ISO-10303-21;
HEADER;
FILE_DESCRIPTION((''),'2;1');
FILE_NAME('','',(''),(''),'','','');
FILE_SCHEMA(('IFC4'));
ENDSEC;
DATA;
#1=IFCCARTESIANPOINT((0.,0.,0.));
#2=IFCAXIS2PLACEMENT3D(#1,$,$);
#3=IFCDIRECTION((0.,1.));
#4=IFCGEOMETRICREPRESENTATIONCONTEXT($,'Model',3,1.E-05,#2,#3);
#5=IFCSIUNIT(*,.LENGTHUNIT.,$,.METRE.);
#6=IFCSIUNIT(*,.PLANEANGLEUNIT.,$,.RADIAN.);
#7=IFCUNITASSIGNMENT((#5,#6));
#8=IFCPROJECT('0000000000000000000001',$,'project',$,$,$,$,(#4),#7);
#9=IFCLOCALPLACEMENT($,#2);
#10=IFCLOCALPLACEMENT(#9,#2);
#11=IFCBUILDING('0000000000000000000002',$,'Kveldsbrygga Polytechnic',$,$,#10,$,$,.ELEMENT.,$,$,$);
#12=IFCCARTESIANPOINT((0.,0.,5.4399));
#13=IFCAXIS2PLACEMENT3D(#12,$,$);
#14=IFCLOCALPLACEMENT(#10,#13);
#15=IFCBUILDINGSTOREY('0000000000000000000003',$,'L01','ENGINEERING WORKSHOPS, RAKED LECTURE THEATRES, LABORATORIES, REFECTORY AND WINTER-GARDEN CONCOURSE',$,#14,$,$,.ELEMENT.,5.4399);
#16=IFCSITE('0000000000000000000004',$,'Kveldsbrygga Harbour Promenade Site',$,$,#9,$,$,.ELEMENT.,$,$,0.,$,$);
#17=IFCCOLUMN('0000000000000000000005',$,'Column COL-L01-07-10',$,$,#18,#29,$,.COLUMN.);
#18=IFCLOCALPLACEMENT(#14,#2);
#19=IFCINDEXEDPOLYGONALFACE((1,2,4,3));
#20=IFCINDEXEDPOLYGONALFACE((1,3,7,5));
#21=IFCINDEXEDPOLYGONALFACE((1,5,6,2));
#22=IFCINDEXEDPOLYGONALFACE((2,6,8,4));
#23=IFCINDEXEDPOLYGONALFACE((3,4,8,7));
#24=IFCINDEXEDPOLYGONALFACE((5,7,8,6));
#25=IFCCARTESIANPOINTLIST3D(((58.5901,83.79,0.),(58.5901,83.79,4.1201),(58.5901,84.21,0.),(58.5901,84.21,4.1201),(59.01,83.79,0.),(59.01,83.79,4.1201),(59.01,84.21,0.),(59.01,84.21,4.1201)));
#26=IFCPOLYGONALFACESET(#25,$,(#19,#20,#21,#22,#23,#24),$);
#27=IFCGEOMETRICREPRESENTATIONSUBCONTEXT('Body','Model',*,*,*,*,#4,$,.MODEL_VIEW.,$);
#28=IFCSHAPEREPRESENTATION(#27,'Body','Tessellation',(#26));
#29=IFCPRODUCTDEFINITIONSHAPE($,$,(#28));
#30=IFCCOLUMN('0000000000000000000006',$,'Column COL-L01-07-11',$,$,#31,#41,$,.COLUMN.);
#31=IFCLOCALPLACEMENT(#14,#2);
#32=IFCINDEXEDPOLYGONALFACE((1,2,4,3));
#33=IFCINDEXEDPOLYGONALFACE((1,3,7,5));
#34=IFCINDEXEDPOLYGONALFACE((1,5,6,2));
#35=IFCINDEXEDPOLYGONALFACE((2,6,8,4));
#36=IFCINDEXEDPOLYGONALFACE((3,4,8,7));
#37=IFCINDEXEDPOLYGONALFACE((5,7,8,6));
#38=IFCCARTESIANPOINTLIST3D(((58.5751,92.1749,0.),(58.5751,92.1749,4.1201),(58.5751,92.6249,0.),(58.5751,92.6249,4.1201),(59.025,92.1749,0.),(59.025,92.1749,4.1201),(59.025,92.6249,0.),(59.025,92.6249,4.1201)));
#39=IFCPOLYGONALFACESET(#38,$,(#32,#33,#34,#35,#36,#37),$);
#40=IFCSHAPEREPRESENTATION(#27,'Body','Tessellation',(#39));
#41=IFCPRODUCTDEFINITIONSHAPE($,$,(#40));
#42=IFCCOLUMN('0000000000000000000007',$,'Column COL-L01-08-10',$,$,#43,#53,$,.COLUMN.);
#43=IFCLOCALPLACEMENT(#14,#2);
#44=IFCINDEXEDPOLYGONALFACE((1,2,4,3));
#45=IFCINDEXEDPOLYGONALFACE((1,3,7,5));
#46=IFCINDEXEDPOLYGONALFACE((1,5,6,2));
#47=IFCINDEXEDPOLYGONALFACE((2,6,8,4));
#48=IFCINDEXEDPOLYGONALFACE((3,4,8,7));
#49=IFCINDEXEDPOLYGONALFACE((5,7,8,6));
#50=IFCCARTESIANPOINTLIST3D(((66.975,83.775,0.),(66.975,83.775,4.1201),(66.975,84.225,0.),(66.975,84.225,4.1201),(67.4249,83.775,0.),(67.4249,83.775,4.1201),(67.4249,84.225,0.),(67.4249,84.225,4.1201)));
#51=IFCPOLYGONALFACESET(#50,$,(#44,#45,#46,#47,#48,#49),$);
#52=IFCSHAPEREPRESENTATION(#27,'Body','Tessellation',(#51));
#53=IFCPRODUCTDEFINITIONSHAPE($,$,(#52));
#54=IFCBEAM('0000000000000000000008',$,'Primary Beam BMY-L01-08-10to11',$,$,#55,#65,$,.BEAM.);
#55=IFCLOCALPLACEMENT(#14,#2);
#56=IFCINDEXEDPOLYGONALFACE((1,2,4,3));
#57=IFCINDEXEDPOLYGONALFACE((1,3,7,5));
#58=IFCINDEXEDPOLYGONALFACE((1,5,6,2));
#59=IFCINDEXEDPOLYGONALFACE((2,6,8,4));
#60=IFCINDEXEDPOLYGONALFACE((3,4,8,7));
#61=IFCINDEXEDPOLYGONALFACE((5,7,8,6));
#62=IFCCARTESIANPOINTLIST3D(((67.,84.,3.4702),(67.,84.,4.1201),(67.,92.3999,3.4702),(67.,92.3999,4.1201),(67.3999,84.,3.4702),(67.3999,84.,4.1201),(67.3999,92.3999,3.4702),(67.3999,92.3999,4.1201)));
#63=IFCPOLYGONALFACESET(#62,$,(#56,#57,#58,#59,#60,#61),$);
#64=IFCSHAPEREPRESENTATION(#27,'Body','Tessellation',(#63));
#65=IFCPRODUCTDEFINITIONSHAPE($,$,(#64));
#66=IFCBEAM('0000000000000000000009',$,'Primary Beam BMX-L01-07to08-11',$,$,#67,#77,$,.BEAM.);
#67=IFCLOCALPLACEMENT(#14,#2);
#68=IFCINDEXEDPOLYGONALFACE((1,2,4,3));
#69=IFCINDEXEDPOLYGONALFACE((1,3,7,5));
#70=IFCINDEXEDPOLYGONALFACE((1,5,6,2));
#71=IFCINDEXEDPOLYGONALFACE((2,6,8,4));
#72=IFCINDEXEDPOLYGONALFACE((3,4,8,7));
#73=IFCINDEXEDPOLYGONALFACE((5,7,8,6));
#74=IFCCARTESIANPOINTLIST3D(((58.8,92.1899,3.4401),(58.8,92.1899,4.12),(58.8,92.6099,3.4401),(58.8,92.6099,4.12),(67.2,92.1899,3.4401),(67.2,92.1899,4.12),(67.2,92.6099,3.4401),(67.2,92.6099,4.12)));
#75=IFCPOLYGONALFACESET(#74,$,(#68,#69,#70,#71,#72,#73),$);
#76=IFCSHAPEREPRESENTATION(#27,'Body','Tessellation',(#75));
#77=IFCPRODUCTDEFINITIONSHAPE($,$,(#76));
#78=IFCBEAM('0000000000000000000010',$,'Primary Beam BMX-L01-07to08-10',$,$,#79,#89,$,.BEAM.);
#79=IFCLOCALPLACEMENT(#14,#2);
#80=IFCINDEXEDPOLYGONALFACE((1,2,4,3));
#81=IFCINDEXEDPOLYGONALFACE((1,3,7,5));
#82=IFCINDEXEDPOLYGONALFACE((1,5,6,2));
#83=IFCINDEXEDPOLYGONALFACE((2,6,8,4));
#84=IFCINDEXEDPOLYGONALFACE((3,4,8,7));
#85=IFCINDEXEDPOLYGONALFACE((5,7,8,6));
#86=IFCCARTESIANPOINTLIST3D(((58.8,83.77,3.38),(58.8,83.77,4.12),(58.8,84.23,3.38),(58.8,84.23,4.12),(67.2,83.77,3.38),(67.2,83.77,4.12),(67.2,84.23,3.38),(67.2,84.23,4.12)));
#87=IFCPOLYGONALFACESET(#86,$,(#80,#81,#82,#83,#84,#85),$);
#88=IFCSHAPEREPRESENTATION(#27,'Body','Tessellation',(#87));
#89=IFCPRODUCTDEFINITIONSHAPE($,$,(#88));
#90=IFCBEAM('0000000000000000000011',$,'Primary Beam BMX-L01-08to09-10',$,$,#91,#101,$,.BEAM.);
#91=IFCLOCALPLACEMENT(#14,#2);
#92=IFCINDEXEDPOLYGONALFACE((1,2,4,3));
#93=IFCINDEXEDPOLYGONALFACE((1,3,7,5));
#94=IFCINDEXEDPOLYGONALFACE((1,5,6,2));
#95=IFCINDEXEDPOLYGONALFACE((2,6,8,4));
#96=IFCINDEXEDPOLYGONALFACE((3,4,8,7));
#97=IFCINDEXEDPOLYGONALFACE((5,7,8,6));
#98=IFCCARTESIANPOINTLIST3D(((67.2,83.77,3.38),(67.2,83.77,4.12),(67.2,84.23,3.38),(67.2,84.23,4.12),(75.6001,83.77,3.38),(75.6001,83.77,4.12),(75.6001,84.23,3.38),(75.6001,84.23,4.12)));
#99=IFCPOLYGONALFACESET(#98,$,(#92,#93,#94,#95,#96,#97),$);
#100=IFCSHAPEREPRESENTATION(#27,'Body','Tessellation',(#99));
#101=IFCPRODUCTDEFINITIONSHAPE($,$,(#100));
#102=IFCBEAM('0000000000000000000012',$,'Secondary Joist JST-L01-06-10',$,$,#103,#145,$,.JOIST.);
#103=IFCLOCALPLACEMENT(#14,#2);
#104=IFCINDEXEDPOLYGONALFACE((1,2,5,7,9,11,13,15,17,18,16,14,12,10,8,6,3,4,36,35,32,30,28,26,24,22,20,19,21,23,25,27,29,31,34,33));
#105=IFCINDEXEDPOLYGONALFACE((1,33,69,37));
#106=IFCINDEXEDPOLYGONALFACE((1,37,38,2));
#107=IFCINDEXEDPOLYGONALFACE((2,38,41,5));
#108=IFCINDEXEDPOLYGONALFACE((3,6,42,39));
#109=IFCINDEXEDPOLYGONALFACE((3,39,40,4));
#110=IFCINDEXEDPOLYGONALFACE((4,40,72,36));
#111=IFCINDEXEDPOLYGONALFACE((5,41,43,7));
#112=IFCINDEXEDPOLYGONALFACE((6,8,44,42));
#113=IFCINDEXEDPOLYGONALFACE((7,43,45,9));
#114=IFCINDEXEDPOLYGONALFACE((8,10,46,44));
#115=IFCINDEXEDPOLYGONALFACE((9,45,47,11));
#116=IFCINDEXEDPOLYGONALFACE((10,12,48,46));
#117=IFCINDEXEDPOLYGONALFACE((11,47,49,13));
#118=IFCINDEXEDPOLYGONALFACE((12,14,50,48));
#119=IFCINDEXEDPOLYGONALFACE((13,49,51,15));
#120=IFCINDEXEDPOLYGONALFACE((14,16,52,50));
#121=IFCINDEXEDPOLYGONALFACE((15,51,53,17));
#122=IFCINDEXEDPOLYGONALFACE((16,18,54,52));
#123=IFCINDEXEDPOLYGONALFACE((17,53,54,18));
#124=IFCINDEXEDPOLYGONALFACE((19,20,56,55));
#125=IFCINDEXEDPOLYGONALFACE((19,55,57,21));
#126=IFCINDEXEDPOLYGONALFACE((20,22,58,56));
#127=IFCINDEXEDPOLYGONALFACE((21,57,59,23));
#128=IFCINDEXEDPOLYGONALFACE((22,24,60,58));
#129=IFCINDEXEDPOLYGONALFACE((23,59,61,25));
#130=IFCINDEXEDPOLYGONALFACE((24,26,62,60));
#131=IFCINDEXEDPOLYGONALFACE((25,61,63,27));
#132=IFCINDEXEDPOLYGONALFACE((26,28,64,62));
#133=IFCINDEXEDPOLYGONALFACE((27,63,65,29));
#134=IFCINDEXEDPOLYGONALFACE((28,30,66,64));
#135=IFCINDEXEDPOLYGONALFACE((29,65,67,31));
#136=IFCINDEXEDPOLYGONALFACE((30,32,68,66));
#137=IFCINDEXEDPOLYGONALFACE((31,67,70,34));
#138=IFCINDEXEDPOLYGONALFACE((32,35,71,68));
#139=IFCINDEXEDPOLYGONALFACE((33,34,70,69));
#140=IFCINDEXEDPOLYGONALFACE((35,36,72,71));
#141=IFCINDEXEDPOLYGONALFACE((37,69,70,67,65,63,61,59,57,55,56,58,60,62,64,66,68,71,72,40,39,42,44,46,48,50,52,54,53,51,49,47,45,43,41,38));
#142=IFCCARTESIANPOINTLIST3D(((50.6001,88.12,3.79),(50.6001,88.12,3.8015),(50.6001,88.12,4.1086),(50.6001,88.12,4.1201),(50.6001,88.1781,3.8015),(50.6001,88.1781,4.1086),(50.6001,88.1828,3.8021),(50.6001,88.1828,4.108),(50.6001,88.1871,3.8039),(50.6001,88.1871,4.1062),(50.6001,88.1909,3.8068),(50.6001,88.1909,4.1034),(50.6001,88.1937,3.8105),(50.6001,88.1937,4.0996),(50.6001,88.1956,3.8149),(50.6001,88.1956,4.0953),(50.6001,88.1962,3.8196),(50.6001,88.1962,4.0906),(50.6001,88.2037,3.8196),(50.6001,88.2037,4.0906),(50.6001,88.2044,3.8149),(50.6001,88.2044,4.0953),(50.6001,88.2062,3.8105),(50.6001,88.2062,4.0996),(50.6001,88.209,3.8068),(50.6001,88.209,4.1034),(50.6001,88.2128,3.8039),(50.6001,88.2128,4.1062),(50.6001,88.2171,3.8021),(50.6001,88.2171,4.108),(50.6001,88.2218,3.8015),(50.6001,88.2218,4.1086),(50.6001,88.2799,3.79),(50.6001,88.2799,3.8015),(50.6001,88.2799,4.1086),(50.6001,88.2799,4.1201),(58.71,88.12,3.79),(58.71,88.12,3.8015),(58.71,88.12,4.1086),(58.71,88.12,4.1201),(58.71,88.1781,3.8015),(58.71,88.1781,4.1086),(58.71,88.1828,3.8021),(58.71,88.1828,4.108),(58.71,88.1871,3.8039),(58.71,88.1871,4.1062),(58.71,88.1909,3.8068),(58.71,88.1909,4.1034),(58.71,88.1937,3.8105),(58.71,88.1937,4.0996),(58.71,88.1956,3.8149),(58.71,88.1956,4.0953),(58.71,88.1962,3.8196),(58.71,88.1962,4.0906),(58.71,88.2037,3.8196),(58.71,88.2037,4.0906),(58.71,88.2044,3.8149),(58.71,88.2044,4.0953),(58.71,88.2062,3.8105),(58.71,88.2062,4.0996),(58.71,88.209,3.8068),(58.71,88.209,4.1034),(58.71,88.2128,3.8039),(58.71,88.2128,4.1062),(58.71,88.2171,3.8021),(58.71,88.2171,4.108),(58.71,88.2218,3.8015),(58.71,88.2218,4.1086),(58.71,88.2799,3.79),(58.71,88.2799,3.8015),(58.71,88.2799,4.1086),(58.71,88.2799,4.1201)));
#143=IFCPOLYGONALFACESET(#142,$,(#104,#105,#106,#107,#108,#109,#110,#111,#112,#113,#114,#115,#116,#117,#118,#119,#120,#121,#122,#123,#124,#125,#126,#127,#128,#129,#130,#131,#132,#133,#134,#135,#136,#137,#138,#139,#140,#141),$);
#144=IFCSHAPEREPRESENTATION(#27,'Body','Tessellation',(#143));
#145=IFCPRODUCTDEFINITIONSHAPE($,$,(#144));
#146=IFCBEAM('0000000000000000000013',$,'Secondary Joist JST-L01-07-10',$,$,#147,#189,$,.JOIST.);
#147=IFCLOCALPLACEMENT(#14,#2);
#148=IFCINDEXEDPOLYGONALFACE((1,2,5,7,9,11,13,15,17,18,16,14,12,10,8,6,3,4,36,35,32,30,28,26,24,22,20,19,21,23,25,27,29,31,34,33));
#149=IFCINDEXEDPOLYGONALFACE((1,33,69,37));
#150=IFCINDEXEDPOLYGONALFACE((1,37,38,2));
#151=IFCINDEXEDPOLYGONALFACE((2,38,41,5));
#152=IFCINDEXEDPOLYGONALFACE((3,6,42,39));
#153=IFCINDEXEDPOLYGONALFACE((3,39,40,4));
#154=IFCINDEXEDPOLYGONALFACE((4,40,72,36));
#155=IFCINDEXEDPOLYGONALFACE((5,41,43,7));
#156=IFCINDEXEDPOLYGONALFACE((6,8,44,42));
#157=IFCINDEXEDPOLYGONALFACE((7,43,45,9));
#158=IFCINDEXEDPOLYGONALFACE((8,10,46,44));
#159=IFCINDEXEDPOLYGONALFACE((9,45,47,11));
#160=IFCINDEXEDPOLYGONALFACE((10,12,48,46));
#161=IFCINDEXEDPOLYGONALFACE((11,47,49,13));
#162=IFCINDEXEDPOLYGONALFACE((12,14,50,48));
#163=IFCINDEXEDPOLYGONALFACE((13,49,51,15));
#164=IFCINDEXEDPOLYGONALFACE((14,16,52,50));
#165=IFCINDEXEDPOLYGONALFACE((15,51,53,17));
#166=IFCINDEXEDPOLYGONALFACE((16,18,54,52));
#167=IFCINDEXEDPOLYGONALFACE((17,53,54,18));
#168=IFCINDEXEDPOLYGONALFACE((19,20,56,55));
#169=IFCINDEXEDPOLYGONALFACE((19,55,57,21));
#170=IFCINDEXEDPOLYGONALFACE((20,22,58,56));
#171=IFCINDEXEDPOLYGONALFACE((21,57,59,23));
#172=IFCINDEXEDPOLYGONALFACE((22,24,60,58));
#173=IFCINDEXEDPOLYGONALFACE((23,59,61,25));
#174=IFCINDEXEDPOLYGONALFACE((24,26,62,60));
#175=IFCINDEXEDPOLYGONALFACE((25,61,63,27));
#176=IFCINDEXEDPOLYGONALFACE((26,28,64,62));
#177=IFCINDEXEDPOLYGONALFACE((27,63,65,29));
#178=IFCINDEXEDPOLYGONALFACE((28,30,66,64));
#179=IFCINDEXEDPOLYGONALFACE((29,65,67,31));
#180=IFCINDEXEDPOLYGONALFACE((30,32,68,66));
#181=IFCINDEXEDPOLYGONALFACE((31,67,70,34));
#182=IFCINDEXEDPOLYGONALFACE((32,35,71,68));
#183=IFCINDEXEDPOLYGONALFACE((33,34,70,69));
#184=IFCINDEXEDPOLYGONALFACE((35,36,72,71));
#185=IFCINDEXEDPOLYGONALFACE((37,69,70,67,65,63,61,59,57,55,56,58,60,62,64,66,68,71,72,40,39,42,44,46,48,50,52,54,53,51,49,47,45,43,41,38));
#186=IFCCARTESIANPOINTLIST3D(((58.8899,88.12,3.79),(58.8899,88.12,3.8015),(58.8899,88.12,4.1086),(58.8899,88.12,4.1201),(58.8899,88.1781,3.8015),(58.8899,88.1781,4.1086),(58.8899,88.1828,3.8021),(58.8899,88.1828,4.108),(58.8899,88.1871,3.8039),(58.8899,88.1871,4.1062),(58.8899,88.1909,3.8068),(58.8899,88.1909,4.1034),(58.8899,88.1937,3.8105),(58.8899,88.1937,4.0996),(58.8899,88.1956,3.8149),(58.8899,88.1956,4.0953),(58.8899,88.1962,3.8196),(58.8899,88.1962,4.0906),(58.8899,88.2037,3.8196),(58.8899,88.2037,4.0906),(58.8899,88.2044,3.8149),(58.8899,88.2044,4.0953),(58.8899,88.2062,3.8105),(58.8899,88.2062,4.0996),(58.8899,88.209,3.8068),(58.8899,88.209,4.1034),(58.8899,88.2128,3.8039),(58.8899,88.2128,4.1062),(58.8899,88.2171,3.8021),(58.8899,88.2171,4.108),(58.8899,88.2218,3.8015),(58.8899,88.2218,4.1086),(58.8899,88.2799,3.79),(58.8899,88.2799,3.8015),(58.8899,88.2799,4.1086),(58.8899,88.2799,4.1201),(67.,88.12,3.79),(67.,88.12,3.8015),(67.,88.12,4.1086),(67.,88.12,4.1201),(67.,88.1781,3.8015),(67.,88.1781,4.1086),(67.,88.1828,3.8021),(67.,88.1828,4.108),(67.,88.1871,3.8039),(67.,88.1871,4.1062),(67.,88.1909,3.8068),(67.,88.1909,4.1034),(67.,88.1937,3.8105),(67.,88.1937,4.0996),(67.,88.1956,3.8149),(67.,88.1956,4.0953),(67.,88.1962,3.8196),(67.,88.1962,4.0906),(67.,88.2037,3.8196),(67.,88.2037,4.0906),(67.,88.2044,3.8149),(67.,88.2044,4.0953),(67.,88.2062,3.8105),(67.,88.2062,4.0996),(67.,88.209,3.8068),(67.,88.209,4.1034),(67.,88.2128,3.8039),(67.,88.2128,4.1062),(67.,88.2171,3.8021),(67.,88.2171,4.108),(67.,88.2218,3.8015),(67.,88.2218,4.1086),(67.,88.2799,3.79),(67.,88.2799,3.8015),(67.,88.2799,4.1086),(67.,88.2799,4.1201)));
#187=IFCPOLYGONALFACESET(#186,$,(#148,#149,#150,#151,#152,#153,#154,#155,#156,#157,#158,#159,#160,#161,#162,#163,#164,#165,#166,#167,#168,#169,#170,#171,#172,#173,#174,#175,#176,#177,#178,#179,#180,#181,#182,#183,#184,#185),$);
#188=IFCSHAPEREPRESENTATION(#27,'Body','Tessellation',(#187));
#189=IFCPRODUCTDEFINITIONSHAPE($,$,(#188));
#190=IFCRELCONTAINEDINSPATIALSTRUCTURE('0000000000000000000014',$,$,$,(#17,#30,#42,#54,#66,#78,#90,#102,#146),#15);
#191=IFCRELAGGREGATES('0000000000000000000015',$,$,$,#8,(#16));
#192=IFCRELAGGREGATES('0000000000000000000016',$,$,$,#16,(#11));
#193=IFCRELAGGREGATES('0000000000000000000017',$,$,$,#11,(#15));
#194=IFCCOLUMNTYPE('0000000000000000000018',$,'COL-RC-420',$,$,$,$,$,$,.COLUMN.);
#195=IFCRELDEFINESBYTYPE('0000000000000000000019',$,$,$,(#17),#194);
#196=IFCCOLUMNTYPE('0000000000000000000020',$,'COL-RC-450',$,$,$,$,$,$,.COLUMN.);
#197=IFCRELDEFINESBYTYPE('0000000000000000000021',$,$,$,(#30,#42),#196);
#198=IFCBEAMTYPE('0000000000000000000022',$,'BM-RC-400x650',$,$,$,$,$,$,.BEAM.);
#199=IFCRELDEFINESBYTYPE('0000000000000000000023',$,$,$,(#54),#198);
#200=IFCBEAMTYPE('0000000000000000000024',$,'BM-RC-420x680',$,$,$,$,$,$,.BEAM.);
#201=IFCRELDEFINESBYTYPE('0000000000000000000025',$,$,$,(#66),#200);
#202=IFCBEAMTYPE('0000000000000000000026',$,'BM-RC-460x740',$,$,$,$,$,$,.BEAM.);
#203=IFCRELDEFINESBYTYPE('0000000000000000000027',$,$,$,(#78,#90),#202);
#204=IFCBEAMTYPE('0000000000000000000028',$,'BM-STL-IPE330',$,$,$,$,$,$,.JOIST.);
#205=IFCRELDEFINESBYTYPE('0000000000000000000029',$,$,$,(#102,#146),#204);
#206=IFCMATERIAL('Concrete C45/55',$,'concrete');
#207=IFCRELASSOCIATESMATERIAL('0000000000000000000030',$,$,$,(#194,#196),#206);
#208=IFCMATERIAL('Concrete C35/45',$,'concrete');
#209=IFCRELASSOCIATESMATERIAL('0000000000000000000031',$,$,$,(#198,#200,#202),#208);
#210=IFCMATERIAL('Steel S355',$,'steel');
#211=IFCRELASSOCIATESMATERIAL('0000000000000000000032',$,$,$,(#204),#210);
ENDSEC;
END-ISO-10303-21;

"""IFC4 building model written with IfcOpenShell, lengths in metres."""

from ifc_helpers import new_model, si_unit, direction, frame, origin, origin_2d, place, context, subcontext, project, spatial, rectangle, i_section, extrude, material, material_profile, profile_set, type_object, element, save


model = new_model("IFC4")

# Units and contexts
model_context = context("Model", 3, precision=1e-05, world=origin(), true_north=direction((0.0, 1.0)))
body_context = subcontext(model_context, "Body", "Model", "MODEL_VIEW")
ifc_project = project(units=[si_unit("LENGTHUNIT", "METRE"), si_unit("PLANEANGLEUNIT", "RADIAN")], contexts=[model_context])

# Site, building, storey
site_placement = place(None, origin())
site = spatial("IfcSite", under=ifc_project, at=site_placement, Name="Kveldsbrygga Harbour Promenade Site", CompositionType="ELEMENT", RefElevation=0.0)
building_placement = place(site_placement, origin())
building = spatial("IfcBuilding", under=site, at=building_placement, Name="Kveldsbrygga Polytechnic", CompositionType="ELEMENT")
storey_placement = place(building_placement, frame((0.0, 0.0, 5.4399)))
storey = spatial("IfcBuildingStorey", under=building, at=storey_placement, Name="L01", Description="ENGINEERING WORKSHOPS, RAKED LECTURE THEATRES, LABORATORIES, REFECTORY AND WINTER-GARDEN CONCOURSE", CompositionType="ELEMENT", Elevation=5.4399)

# Columns
ifc_material_1 = material(Name="Concrete C45/55", Category="concrete")
ifc_material_profile_1 = material_profile(ifc_material_1, rectangle(XDim=0.4199, YDim=0.4199, at=origin_2d()), Name="RC 420x420")
ifc_profile_set_1 = profile_set([ifc_material_profile_1], Name="Concrete C45/55")
column_type_1 = type_object("IfcColumnType", Name="COL-RC-420", PredefinedType="COLUMN", material=ifc_profile_set_1)
column_placement = place(storey_placement, frame((58.8, 84.0, 0.0), z_axis=(0.0, 0.0, 1.0), x_axis=(1.0, 0.0, 0.0)))
element("IfcColumn", 1, at=column_placement, inside=storey, type_object=column_type_1, Name="Column COL-L01-07-10", PredefinedType="COLUMN", context=body_context, shape_type="SweptSolid", body=[
    extrude(rectangle(XDim=0.4199, YDim=0.4199, at=origin_2d()), origin(), (0.0, 0.0, 1.0), 4.1201),
])
ifc_material_profile_2 = material_profile(ifc_material_1, rectangle(XDim=0.45, YDim=0.45, at=origin_2d()), Name="RC 450x450")
ifc_profile_set_2 = profile_set([ifc_material_profile_2], Name="Concrete C45/55")
column_type_2 = type_object("IfcColumnType", Name="COL-RC-450", PredefinedType="COLUMN", material=ifc_profile_set_2)
for number, where, z_axis, x_axis, name in (
    (2, (58.8, 92.3999, 0.0), (0.0, 0.0, 1.0), (1.0, 0.0, 0.0), "Column COL-L01-07-11"),
    (3, (67.2, 84.0, 0.0), (0.0, 0.0, 1.0), (1.0, 0.0, 0.0), "Column COL-L01-08-10"),
):
    element("IfcColumn", number, at=place(storey_placement, frame(where, z_axis=z_axis, x_axis=x_axis)), inside=storey, type_object=column_type_2, Name=name, PredefinedType="COLUMN", context=body_context, shape_type="SweptSolid", body=[
        extrude(rectangle(XDim=0.45, YDim=0.45, at=origin_2d()), origin(), (0.0, 0.0, 1.0), 4.1201),
    ])

# Beams
ifc_material_2 = material(Name="Concrete C35/45", Category="concrete")
ifc_material_profile_3 = material_profile(ifc_material_2, rectangle(XDim=0.3999, YDim=0.6499, at=origin_2d()), Name="RC 400x650")
ifc_profile_set_3 = profile_set([ifc_material_profile_3], Name="Concrete C35/45")
beam_type_1 = type_object("IfcBeamType", Name="BM-RC-400x650", PredefinedType="BEAM", material=ifc_profile_set_3)
beam_1_placement = place(storey_placement, frame((67.2, 84.0, 3.7952), z_axis=(0.0, 1.0, 0.0), x_axis=(-1.0, 0.0, 0.0)))
element("IfcBeam", 4, at=beam_1_placement, inside=storey, type_object=beam_type_1, Name="Primary Beam BMY-L01-08-10to11", PredefinedType="BEAM", context=body_context, shape_type="SweptSolid", body=[
    extrude(rectangle(XDim=0.3999, YDim=0.6499, at=origin_2d()), origin(), (0.0, 0.0, 1.0), 8.3999),
])
ifc_material_profile_4 = material_profile(ifc_material_2, rectangle(XDim=0.4199, YDim=0.6799, at=origin_2d()), Name="RC 420x680")
ifc_profile_set_4 = profile_set([ifc_material_profile_4], Name="Concrete C35/45")
beam_type_2 = type_object("IfcBeamType", Name="BM-RC-420x680", PredefinedType="BEAM", material=ifc_profile_set_4)
beam_2_placement = place(storey_placement, frame((58.8, 92.3999, 3.78), z_axis=(1.0, 0.0, 0.0), x_axis=(0.0, 1.0, 0.0)))
element("IfcBeam", 5, at=beam_2_placement, inside=storey, type_object=beam_type_2, Name="Primary Beam BMX-L01-07to08-11", PredefinedType="BEAM", context=body_context, shape_type="SweptSolid", body=[
    extrude(rectangle(XDim=0.4199, YDim=0.6799, at=origin_2d()), origin(), (0.0, 0.0, 1.0), 8.3999),
])
ifc_material_profile_5 = material_profile(ifc_material_2, rectangle(XDim=0.46, YDim=0.74, at=origin_2d()), Name="RC 460x740")
ifc_profile_set_5 = profile_set([ifc_material_profile_5], Name="Concrete C35/45")
beam_type_3 = type_object("IfcBeamType", Name="BM-RC-460x740", PredefinedType="BEAM", material=ifc_profile_set_5)
beam_3_placement = place(storey_placement, frame((58.8, 84.0, 3.75), z_axis=(1.0, 0.0, 0.0), x_axis=(0.0, 1.0, 0.0)))
element("IfcBeam", 6, at=beam_3_placement, inside=storey, type_object=beam_type_3, Name="Primary Beam BMX-L01-07to08-10", PredefinedType="BEAM", context=body_context, shape_type="SweptSolid", body=[
    extrude(rectangle(XDim=0.46, YDim=0.74, at=origin_2d()), origin(), (0.0, 0.0, 1.0), 8.3999),
])
beam_4_placement = place(storey_placement, frame((67.2, 84.0, 3.75), z_axis=(1.0, 0.0, 0.0), x_axis=(0.0, 1.0, 0.0)))
element("IfcBeam", 7, at=beam_4_placement, inside=storey, type_object=beam_type_3, Name="Primary Beam BMX-L01-08to09-10", PredefinedType="BEAM", context=body_context, shape_type="SweptSolid", body=[
    extrude(rectangle(XDim=0.46, YDim=0.74, at=origin_2d()), origin(), (0.0, 0.0, 1.0), 8.4001),
])
ifc_material_3 = material(Name="Steel S355", Category="steel")
ifc_material_profile_6 = material_profile(ifc_material_3, i_section(OverallWidth=0.1599, OverallDepth=0.3301, WebThickness=0.0076, FlangeThickness=0.0115, FilletRadius=0.0181, at=origin_2d()), Name="IPE 330")
ifc_profile_set_6 = profile_set([ifc_material_profile_6], Name="Steel S355")
beam_type_4 = type_object("IfcBeamType", Name="BM-STL-IPE330", PredefinedType="JOIST", material=ifc_profile_set_6)
beam_5_placement = place(storey_placement, frame((50.6001, 88.2, 3.9551), z_axis=(1.0, 0.0, 0.0), x_axis=(0.0, 1.0, 0.0)))
element("IfcBeam", 8, at=beam_5_placement, inside=storey, type_object=beam_type_4, Name="Secondary Joist JST-L01-06-10", PredefinedType="JOIST", context=body_context, shape_type="SweptSolid", body=[
    extrude(i_section(OverallWidth=0.1599, OverallDepth=0.3301, WebThickness=0.0076, FlangeThickness=0.0115, FilletRadius=0.0181, at=origin_2d()), origin(), (0.0, 0.0, 1.0), 8.1099),
])
beam_6_placement = place(storey_placement, frame((58.8899, 88.2, 3.9551), z_axis=(1.0, 0.0, 0.0), x_axis=(0.0, 1.0, 0.0)))
element("IfcBeam", 9, at=beam_6_placement, inside=storey, type_object=beam_type_4, Name="Secondary Joist JST-L01-07-10", PredefinedType="JOIST", context=body_context, shape_type="SweptSolid", body=[
    extrude(i_section(OverallWidth=0.1599, OverallDepth=0.3301, WebThickness=0.0076, FlangeThickness=0.0115, FilletRadius=0.0181, at=origin_2d()), origin(), (0.0, 0.0, 1.0), 8.1101),
])

save(model, "model.ifc")
